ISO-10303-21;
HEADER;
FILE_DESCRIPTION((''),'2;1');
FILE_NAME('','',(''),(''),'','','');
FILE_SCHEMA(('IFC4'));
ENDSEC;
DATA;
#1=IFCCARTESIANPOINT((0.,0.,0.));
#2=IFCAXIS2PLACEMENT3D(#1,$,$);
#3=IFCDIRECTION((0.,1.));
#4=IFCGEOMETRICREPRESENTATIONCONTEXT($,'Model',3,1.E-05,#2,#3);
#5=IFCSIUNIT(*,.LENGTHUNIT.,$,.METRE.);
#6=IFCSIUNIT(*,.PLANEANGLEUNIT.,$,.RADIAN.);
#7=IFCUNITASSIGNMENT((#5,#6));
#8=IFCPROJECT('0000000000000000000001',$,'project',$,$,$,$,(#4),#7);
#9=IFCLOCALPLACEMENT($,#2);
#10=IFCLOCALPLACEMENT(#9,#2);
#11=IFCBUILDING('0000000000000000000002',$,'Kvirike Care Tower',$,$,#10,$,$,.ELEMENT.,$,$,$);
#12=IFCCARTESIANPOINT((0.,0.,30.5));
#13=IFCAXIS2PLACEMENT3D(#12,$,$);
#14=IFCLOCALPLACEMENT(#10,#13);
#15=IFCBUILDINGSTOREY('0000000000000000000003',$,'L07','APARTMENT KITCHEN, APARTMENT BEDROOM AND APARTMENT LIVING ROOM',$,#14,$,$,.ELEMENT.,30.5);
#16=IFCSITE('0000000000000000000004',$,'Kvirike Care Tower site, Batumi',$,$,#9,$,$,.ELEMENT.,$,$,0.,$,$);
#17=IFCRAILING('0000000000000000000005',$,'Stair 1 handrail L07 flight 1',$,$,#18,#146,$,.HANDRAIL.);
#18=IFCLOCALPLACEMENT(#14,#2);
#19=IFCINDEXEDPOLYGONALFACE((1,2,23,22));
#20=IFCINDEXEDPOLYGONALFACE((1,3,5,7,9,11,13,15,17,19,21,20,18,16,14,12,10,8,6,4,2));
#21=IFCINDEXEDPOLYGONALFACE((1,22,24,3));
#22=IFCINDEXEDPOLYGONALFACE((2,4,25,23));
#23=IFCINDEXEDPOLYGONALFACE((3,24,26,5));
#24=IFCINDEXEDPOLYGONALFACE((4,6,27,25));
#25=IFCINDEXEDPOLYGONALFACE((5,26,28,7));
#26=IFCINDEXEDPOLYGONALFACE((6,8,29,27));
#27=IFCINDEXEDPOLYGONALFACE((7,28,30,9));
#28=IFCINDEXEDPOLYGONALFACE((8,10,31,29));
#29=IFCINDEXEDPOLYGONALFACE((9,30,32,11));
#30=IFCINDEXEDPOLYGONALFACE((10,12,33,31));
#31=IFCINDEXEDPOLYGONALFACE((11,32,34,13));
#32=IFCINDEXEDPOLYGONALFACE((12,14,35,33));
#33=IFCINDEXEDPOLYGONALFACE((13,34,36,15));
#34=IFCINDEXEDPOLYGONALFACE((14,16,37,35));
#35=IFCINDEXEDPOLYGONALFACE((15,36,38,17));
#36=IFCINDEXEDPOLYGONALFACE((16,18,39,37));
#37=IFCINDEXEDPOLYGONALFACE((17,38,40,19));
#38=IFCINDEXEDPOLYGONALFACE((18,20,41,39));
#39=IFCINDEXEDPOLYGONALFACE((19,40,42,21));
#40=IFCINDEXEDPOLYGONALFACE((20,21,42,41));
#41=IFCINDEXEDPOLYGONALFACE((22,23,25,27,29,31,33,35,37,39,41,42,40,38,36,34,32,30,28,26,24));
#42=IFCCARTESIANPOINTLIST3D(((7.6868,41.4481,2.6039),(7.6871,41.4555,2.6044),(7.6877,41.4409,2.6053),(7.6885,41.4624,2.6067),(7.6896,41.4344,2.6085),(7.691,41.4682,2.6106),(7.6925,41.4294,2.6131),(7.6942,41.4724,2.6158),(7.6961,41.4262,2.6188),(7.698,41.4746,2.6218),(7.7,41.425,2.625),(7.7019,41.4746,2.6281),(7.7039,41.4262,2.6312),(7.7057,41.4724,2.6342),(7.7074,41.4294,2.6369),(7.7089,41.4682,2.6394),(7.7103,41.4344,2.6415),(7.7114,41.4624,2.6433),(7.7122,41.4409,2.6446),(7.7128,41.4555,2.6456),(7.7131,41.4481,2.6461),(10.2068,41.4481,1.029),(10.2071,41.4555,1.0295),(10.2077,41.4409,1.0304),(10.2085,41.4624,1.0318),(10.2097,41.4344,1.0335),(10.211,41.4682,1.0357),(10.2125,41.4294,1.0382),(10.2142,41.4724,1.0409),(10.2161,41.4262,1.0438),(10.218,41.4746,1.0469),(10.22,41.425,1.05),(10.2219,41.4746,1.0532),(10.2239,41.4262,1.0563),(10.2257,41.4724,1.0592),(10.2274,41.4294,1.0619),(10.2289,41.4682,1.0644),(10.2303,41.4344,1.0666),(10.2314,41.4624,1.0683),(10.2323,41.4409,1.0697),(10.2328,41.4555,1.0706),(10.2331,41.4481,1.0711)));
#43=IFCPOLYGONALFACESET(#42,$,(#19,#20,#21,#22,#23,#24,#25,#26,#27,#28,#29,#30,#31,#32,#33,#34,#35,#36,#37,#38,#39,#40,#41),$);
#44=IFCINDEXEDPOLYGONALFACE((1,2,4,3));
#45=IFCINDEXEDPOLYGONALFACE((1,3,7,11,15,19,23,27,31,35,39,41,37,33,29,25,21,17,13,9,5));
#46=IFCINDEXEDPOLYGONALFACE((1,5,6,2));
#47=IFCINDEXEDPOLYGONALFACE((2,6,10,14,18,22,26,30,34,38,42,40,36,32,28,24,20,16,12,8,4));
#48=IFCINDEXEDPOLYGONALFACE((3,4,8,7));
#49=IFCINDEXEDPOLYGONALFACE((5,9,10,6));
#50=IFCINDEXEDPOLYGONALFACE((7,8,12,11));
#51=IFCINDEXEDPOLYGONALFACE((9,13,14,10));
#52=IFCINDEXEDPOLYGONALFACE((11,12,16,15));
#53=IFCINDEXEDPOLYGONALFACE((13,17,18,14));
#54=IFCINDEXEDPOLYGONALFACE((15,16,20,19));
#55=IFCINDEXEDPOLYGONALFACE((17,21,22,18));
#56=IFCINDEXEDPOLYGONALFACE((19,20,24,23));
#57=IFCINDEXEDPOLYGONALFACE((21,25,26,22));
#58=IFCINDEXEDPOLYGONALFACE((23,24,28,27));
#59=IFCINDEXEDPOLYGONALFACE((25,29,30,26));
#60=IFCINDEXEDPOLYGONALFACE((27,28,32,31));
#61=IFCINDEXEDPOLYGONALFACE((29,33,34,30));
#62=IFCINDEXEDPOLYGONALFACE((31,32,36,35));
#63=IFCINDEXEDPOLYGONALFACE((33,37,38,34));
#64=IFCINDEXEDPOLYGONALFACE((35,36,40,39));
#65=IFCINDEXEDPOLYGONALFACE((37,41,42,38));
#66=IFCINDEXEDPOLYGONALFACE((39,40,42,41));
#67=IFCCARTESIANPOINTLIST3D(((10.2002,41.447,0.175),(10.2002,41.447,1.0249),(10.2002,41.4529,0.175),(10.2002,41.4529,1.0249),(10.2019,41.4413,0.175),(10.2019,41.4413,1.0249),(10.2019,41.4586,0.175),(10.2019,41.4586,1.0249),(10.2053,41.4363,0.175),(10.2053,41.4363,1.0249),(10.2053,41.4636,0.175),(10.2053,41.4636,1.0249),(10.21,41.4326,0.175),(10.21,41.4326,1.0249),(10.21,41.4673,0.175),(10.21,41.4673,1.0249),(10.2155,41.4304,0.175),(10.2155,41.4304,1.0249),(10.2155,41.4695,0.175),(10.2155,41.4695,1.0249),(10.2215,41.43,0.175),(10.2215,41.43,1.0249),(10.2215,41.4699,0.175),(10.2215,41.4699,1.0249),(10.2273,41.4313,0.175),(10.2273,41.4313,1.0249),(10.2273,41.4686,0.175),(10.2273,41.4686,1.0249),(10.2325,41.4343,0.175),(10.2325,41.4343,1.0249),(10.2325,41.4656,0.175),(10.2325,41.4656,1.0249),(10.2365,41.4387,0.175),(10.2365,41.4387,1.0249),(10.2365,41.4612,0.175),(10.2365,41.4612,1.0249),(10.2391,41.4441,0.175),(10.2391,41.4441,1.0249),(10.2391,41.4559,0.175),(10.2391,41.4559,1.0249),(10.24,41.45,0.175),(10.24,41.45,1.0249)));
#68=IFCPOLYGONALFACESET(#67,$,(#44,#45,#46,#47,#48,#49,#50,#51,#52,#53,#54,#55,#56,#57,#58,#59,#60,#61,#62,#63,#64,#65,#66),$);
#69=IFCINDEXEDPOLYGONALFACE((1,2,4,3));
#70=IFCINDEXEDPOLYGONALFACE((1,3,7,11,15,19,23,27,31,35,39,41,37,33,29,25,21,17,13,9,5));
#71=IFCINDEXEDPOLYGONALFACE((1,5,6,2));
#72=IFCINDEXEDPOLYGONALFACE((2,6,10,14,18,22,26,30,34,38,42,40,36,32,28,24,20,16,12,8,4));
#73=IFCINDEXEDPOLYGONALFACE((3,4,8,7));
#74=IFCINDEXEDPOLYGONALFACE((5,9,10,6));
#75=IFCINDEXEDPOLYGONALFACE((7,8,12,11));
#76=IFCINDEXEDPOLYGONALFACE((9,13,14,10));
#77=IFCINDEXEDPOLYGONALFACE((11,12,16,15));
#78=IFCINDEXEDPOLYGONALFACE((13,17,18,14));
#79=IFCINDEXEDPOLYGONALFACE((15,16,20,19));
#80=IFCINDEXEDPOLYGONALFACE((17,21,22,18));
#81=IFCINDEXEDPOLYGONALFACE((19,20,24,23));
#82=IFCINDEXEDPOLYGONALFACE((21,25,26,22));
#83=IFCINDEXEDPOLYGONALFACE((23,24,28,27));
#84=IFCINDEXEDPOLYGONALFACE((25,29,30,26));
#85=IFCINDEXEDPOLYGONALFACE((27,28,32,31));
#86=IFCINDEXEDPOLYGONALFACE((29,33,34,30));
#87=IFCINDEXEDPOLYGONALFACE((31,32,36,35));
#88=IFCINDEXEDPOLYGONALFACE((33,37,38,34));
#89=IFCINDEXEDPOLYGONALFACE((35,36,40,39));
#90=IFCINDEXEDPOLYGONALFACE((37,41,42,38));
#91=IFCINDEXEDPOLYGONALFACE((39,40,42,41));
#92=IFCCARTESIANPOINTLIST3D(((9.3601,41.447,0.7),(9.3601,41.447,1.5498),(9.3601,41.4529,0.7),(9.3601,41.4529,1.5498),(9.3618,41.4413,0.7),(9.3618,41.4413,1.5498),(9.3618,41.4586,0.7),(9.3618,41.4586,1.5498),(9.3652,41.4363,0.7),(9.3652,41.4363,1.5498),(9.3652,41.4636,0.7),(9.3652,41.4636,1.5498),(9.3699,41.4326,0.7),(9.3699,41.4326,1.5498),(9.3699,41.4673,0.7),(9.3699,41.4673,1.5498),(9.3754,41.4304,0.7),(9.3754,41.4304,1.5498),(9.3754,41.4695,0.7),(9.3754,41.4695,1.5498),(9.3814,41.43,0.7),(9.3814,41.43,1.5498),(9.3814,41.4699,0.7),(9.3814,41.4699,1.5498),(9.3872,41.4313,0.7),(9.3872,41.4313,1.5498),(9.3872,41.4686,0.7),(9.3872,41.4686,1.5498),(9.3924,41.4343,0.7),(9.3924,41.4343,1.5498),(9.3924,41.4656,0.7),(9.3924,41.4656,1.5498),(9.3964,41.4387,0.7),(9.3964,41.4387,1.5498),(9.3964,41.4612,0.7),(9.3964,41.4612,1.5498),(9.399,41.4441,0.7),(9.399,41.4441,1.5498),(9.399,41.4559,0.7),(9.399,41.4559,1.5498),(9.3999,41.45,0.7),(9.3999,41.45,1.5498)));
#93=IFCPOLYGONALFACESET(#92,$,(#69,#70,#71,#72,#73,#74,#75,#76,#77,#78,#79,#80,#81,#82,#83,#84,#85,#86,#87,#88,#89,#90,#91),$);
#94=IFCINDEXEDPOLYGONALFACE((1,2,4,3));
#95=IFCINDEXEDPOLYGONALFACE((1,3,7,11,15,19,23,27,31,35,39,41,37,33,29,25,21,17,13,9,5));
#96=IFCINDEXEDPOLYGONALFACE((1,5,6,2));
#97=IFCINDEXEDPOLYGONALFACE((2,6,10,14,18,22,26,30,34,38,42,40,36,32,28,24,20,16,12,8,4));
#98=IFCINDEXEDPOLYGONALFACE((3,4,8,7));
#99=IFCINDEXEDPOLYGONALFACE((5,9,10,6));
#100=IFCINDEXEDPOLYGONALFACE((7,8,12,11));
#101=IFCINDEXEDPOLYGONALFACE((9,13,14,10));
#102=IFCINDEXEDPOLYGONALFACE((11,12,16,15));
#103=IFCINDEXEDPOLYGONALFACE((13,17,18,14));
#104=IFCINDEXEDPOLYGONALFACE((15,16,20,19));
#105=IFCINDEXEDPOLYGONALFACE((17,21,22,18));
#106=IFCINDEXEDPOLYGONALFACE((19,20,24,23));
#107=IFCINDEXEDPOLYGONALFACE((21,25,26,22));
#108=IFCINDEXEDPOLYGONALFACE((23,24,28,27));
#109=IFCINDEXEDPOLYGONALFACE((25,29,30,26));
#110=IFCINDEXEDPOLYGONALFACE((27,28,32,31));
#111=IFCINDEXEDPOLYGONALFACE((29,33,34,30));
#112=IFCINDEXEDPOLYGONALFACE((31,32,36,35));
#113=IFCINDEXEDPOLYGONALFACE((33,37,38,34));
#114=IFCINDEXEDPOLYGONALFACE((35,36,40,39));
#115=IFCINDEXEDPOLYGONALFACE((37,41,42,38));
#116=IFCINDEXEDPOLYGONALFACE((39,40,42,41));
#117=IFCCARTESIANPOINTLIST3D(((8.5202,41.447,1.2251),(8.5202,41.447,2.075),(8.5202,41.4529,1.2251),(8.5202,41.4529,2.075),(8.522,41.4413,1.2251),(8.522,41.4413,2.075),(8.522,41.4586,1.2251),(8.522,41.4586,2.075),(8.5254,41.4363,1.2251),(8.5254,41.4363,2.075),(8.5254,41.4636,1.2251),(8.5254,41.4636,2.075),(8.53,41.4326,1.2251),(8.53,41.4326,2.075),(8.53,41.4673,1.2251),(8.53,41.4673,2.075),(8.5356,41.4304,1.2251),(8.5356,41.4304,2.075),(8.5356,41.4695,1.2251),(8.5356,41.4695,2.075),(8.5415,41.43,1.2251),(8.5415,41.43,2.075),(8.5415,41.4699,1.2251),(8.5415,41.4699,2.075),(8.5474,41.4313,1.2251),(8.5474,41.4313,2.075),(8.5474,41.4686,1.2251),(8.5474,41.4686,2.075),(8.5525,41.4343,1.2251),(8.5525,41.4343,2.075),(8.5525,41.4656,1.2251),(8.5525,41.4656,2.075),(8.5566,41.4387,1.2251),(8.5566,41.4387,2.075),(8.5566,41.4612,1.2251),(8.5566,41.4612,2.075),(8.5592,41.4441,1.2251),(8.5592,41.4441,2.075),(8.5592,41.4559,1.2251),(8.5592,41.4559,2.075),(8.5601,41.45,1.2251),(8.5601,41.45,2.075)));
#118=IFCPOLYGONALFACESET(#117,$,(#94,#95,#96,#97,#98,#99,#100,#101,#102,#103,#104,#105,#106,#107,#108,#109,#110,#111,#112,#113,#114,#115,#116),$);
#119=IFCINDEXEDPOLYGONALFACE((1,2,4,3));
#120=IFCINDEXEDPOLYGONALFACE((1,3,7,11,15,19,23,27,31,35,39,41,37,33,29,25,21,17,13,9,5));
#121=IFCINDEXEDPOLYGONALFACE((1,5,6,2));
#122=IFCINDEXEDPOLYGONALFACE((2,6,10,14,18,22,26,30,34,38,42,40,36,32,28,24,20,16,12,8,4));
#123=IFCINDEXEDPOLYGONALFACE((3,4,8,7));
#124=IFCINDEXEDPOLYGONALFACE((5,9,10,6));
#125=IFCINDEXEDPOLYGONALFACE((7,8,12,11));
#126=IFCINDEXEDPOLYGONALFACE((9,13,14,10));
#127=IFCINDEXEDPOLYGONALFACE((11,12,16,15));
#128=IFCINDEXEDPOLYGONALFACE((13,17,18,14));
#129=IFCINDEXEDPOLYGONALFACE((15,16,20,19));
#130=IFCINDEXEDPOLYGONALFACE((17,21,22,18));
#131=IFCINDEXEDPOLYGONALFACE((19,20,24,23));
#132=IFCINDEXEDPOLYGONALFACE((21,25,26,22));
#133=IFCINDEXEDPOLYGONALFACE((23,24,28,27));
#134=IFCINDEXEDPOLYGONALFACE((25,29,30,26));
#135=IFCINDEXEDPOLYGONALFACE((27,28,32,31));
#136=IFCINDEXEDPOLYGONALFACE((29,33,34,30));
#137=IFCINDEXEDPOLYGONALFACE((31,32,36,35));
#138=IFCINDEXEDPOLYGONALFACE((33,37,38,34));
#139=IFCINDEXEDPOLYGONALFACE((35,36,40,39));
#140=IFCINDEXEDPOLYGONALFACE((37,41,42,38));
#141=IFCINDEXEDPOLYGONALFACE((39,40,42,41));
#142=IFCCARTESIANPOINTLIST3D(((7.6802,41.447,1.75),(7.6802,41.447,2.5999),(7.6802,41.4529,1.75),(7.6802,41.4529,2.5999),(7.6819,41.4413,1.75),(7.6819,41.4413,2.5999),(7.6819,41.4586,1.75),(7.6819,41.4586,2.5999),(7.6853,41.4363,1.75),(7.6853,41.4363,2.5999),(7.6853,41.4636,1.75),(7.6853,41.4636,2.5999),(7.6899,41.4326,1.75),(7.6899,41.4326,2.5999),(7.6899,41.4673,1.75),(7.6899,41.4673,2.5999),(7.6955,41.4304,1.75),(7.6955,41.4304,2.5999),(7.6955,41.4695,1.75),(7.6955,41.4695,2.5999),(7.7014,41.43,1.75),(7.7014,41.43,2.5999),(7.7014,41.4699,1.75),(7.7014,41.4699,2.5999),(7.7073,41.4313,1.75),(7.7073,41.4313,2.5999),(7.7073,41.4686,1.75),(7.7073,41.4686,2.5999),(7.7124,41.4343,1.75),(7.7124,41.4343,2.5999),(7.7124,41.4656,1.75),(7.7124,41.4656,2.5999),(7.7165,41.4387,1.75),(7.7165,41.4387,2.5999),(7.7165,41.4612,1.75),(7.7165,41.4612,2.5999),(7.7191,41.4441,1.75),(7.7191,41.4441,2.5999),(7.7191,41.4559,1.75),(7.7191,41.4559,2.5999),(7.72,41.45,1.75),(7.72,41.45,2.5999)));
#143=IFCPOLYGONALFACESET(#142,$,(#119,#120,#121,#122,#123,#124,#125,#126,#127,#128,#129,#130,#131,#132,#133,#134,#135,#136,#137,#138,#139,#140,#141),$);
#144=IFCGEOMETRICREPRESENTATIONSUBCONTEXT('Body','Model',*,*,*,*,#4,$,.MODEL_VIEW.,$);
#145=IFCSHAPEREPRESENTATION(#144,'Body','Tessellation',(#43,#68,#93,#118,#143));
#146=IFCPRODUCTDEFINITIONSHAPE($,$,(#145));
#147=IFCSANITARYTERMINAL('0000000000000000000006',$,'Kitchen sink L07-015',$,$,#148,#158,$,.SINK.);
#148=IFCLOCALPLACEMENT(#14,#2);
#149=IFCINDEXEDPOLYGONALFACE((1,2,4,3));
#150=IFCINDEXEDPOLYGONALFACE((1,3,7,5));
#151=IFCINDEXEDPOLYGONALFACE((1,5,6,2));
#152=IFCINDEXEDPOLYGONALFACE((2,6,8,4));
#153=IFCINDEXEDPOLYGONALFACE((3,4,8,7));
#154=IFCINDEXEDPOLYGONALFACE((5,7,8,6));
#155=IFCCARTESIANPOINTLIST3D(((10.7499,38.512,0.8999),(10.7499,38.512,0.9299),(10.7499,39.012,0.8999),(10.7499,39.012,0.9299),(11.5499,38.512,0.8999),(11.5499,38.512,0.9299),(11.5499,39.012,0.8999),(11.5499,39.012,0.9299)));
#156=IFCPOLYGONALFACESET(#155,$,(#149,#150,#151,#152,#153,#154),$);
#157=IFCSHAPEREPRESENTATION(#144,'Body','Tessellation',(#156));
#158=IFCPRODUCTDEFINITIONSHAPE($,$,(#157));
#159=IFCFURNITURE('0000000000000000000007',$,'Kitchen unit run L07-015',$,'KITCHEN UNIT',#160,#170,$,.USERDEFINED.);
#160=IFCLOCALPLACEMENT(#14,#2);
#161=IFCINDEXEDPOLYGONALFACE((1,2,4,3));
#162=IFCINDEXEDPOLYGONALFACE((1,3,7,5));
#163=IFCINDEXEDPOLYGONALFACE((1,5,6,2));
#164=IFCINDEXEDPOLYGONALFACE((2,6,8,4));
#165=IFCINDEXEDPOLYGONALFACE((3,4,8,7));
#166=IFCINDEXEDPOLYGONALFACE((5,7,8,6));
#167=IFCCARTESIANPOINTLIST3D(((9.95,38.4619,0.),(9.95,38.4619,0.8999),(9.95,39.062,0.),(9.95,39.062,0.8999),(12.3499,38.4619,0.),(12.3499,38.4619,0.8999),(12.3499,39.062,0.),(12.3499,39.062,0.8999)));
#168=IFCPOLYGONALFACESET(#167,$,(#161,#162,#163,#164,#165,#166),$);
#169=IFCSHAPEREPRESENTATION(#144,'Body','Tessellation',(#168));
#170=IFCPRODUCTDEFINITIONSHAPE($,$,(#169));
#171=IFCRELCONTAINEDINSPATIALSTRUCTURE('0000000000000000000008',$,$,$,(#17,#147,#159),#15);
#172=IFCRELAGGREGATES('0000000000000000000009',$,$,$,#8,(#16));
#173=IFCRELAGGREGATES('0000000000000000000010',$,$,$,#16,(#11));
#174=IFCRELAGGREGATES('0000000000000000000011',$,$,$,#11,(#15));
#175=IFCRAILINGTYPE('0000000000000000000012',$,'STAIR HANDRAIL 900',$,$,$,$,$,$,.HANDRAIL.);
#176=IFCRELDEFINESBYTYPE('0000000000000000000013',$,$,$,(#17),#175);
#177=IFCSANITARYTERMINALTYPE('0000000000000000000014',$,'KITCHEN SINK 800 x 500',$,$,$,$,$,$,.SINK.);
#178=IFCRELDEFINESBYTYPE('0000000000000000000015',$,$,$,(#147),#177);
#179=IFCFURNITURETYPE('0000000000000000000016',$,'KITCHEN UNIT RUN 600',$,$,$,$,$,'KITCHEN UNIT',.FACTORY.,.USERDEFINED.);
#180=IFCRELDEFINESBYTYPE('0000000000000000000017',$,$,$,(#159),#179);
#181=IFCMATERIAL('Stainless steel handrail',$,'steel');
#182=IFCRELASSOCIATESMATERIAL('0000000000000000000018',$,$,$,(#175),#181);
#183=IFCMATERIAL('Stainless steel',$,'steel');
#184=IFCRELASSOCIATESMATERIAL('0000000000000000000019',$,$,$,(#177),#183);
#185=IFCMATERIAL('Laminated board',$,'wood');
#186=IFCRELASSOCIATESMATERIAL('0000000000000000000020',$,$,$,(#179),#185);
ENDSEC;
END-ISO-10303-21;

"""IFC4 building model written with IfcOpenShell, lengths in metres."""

from ifc_helpers import new_model, si_unit, direction, frame, origin, origin_2d, place, context, subcontext, project, spatial, rectangle, circle, extrude, material, type_object, element, save


model = new_model("IFC4")

# Units and contexts
model_context = context("Model", 3, precision=1e-05, world=origin(), true_north=direction((0.0, 1.0)))
body_context = subcontext(model_context, "Body", "Model", "MODEL_VIEW")
ifc_project = project(units=[si_unit("LENGTHUNIT", "METRE"), si_unit("PLANEANGLEUNIT", "RADIAN")], contexts=[model_context])

# Site, building, storey
site_placement = place(None, origin())
site = spatial("IfcSite", under=ifc_project, at=site_placement, Name="Kvirike Care Tower site, Batumi", CompositionType="ELEMENT", RefElevation=0.0)
building_placement = place(site_placement, origin())
building = spatial("IfcBuilding", under=site, at=building_placement, Name="Kvirike Care Tower", CompositionType="ELEMENT")
storey_placement = place(building_placement, frame((0.0, 0.0, 30.5)))
storey = spatial("IfcBuildingStorey", under=building, at=storey_placement, Name="L07", Description="APARTMENT KITCHEN, APARTMENT BEDROOM AND APARTMENT LIVING ROOM", CompositionType="ELEMENT", Elevation=30.5)

# Railing
ifc_material_1 = material(Name="Stainless steel handrail", Category="steel")
railing_type = type_object("IfcRailingType", Name="STAIR HANDRAIL 900", PredefinedType="HANDRAIL", material=ifc_material_1)
railing_placement = place(storey_placement, frame((10.22, 41.45, 0.175)))
element("IfcRailing", 1, at=railing_placement, inside=storey, type_object=railing_type, Name="Stair 1 handrail L07 flight 1", PredefinedType="HANDRAIL", context=body_context, shape_type="SweptSolid", body=[
    extrude(circle(Radius=0.0249, at=origin_2d()), frame((0.0, 0.0, 0.875), z_axis=(-0.848008, 0.0, 0.529984), x_axis=(0.0, -1.0, 0.0)), (0.0, 0.0, 1.0), 2.9717),
    extrude(circle(Radius=0.02, at=origin_2d()), origin(), (0.0, 0.0, 1.0), 0.8499),
    extrude(circle(Radius=0.02, at=origin_2d()), frame((-0.8401, 0.0, 0.5249)), (0.0, 0.0, 1.0), 0.8499),
    extrude(circle(Radius=0.02, at=origin_2d()), frame((-1.6799, 0.0, 1.05)), (0.0, 0.0, 1.0), 0.8499),
    extrude(circle(Radius=0.02, at=origin_2d()), frame((-2.52, 0.0, 1.575)), (0.0, 0.0, 1.0), 0.8499),
])

# Sanitary terminal
ifc_material_2 = material(Name="Stainless steel", Category="steel")
sanitary_terminal_type = type_object("IfcSanitaryTerminalType", Name="KITCHEN SINK 800 x 500", PredefinedType="SINK", material=ifc_material_2)
sanitary_terminal_placement = place(storey_placement, frame((11.1499, 38.762, 0.8999), z_axis=(0.0, 0.0, 1.0), x_axis=(-1.0, 0.0, 0.0)))
element("IfcSanitaryTerminal", 2, at=sanitary_terminal_placement, inside=storey, type_object=sanitary_terminal_type, Name="Kitchen sink L07-015", PredefinedType="SINK", context=body_context, shape_type="SweptSolid", body=[
    extrude(rectangle(XDim=0.8, YDim=0.5, at=origin_2d()), origin(), (0.0, 0.0, 1.0), 0.03),
])

# Furniture
ifc_material_3 = material(Name="Laminated board", Category="wood")
furniture_type = type_object("IfcFurnitureType", Name="KITCHEN UNIT RUN 600", ElementType="KITCHEN UNIT", AssemblyPlace="FACTORY", PredefinedType="USERDEFINED", material=ifc_material_3)
furniture_placement = place(storey_placement, frame((11.1499, 38.762, 0.0), z_axis=(0.0, 0.0, 1.0), x_axis=(-1.0, 0.0, 0.0)))
element("IfcFurniture", 3, at=furniture_placement, inside=storey, type_object=furniture_type, Name="Kitchen unit run L07-015", ObjectType="KITCHEN UNIT", PredefinedType="USERDEFINED", context=body_context, shape_type="SweptSolid", body=[
    extrude(rectangle(XDim=2.3999, YDim=0.6001, at=origin_2d()), origin(), (0.0, 0.0, 1.0), 0.8999),
])

save(model, "model.ifc")
